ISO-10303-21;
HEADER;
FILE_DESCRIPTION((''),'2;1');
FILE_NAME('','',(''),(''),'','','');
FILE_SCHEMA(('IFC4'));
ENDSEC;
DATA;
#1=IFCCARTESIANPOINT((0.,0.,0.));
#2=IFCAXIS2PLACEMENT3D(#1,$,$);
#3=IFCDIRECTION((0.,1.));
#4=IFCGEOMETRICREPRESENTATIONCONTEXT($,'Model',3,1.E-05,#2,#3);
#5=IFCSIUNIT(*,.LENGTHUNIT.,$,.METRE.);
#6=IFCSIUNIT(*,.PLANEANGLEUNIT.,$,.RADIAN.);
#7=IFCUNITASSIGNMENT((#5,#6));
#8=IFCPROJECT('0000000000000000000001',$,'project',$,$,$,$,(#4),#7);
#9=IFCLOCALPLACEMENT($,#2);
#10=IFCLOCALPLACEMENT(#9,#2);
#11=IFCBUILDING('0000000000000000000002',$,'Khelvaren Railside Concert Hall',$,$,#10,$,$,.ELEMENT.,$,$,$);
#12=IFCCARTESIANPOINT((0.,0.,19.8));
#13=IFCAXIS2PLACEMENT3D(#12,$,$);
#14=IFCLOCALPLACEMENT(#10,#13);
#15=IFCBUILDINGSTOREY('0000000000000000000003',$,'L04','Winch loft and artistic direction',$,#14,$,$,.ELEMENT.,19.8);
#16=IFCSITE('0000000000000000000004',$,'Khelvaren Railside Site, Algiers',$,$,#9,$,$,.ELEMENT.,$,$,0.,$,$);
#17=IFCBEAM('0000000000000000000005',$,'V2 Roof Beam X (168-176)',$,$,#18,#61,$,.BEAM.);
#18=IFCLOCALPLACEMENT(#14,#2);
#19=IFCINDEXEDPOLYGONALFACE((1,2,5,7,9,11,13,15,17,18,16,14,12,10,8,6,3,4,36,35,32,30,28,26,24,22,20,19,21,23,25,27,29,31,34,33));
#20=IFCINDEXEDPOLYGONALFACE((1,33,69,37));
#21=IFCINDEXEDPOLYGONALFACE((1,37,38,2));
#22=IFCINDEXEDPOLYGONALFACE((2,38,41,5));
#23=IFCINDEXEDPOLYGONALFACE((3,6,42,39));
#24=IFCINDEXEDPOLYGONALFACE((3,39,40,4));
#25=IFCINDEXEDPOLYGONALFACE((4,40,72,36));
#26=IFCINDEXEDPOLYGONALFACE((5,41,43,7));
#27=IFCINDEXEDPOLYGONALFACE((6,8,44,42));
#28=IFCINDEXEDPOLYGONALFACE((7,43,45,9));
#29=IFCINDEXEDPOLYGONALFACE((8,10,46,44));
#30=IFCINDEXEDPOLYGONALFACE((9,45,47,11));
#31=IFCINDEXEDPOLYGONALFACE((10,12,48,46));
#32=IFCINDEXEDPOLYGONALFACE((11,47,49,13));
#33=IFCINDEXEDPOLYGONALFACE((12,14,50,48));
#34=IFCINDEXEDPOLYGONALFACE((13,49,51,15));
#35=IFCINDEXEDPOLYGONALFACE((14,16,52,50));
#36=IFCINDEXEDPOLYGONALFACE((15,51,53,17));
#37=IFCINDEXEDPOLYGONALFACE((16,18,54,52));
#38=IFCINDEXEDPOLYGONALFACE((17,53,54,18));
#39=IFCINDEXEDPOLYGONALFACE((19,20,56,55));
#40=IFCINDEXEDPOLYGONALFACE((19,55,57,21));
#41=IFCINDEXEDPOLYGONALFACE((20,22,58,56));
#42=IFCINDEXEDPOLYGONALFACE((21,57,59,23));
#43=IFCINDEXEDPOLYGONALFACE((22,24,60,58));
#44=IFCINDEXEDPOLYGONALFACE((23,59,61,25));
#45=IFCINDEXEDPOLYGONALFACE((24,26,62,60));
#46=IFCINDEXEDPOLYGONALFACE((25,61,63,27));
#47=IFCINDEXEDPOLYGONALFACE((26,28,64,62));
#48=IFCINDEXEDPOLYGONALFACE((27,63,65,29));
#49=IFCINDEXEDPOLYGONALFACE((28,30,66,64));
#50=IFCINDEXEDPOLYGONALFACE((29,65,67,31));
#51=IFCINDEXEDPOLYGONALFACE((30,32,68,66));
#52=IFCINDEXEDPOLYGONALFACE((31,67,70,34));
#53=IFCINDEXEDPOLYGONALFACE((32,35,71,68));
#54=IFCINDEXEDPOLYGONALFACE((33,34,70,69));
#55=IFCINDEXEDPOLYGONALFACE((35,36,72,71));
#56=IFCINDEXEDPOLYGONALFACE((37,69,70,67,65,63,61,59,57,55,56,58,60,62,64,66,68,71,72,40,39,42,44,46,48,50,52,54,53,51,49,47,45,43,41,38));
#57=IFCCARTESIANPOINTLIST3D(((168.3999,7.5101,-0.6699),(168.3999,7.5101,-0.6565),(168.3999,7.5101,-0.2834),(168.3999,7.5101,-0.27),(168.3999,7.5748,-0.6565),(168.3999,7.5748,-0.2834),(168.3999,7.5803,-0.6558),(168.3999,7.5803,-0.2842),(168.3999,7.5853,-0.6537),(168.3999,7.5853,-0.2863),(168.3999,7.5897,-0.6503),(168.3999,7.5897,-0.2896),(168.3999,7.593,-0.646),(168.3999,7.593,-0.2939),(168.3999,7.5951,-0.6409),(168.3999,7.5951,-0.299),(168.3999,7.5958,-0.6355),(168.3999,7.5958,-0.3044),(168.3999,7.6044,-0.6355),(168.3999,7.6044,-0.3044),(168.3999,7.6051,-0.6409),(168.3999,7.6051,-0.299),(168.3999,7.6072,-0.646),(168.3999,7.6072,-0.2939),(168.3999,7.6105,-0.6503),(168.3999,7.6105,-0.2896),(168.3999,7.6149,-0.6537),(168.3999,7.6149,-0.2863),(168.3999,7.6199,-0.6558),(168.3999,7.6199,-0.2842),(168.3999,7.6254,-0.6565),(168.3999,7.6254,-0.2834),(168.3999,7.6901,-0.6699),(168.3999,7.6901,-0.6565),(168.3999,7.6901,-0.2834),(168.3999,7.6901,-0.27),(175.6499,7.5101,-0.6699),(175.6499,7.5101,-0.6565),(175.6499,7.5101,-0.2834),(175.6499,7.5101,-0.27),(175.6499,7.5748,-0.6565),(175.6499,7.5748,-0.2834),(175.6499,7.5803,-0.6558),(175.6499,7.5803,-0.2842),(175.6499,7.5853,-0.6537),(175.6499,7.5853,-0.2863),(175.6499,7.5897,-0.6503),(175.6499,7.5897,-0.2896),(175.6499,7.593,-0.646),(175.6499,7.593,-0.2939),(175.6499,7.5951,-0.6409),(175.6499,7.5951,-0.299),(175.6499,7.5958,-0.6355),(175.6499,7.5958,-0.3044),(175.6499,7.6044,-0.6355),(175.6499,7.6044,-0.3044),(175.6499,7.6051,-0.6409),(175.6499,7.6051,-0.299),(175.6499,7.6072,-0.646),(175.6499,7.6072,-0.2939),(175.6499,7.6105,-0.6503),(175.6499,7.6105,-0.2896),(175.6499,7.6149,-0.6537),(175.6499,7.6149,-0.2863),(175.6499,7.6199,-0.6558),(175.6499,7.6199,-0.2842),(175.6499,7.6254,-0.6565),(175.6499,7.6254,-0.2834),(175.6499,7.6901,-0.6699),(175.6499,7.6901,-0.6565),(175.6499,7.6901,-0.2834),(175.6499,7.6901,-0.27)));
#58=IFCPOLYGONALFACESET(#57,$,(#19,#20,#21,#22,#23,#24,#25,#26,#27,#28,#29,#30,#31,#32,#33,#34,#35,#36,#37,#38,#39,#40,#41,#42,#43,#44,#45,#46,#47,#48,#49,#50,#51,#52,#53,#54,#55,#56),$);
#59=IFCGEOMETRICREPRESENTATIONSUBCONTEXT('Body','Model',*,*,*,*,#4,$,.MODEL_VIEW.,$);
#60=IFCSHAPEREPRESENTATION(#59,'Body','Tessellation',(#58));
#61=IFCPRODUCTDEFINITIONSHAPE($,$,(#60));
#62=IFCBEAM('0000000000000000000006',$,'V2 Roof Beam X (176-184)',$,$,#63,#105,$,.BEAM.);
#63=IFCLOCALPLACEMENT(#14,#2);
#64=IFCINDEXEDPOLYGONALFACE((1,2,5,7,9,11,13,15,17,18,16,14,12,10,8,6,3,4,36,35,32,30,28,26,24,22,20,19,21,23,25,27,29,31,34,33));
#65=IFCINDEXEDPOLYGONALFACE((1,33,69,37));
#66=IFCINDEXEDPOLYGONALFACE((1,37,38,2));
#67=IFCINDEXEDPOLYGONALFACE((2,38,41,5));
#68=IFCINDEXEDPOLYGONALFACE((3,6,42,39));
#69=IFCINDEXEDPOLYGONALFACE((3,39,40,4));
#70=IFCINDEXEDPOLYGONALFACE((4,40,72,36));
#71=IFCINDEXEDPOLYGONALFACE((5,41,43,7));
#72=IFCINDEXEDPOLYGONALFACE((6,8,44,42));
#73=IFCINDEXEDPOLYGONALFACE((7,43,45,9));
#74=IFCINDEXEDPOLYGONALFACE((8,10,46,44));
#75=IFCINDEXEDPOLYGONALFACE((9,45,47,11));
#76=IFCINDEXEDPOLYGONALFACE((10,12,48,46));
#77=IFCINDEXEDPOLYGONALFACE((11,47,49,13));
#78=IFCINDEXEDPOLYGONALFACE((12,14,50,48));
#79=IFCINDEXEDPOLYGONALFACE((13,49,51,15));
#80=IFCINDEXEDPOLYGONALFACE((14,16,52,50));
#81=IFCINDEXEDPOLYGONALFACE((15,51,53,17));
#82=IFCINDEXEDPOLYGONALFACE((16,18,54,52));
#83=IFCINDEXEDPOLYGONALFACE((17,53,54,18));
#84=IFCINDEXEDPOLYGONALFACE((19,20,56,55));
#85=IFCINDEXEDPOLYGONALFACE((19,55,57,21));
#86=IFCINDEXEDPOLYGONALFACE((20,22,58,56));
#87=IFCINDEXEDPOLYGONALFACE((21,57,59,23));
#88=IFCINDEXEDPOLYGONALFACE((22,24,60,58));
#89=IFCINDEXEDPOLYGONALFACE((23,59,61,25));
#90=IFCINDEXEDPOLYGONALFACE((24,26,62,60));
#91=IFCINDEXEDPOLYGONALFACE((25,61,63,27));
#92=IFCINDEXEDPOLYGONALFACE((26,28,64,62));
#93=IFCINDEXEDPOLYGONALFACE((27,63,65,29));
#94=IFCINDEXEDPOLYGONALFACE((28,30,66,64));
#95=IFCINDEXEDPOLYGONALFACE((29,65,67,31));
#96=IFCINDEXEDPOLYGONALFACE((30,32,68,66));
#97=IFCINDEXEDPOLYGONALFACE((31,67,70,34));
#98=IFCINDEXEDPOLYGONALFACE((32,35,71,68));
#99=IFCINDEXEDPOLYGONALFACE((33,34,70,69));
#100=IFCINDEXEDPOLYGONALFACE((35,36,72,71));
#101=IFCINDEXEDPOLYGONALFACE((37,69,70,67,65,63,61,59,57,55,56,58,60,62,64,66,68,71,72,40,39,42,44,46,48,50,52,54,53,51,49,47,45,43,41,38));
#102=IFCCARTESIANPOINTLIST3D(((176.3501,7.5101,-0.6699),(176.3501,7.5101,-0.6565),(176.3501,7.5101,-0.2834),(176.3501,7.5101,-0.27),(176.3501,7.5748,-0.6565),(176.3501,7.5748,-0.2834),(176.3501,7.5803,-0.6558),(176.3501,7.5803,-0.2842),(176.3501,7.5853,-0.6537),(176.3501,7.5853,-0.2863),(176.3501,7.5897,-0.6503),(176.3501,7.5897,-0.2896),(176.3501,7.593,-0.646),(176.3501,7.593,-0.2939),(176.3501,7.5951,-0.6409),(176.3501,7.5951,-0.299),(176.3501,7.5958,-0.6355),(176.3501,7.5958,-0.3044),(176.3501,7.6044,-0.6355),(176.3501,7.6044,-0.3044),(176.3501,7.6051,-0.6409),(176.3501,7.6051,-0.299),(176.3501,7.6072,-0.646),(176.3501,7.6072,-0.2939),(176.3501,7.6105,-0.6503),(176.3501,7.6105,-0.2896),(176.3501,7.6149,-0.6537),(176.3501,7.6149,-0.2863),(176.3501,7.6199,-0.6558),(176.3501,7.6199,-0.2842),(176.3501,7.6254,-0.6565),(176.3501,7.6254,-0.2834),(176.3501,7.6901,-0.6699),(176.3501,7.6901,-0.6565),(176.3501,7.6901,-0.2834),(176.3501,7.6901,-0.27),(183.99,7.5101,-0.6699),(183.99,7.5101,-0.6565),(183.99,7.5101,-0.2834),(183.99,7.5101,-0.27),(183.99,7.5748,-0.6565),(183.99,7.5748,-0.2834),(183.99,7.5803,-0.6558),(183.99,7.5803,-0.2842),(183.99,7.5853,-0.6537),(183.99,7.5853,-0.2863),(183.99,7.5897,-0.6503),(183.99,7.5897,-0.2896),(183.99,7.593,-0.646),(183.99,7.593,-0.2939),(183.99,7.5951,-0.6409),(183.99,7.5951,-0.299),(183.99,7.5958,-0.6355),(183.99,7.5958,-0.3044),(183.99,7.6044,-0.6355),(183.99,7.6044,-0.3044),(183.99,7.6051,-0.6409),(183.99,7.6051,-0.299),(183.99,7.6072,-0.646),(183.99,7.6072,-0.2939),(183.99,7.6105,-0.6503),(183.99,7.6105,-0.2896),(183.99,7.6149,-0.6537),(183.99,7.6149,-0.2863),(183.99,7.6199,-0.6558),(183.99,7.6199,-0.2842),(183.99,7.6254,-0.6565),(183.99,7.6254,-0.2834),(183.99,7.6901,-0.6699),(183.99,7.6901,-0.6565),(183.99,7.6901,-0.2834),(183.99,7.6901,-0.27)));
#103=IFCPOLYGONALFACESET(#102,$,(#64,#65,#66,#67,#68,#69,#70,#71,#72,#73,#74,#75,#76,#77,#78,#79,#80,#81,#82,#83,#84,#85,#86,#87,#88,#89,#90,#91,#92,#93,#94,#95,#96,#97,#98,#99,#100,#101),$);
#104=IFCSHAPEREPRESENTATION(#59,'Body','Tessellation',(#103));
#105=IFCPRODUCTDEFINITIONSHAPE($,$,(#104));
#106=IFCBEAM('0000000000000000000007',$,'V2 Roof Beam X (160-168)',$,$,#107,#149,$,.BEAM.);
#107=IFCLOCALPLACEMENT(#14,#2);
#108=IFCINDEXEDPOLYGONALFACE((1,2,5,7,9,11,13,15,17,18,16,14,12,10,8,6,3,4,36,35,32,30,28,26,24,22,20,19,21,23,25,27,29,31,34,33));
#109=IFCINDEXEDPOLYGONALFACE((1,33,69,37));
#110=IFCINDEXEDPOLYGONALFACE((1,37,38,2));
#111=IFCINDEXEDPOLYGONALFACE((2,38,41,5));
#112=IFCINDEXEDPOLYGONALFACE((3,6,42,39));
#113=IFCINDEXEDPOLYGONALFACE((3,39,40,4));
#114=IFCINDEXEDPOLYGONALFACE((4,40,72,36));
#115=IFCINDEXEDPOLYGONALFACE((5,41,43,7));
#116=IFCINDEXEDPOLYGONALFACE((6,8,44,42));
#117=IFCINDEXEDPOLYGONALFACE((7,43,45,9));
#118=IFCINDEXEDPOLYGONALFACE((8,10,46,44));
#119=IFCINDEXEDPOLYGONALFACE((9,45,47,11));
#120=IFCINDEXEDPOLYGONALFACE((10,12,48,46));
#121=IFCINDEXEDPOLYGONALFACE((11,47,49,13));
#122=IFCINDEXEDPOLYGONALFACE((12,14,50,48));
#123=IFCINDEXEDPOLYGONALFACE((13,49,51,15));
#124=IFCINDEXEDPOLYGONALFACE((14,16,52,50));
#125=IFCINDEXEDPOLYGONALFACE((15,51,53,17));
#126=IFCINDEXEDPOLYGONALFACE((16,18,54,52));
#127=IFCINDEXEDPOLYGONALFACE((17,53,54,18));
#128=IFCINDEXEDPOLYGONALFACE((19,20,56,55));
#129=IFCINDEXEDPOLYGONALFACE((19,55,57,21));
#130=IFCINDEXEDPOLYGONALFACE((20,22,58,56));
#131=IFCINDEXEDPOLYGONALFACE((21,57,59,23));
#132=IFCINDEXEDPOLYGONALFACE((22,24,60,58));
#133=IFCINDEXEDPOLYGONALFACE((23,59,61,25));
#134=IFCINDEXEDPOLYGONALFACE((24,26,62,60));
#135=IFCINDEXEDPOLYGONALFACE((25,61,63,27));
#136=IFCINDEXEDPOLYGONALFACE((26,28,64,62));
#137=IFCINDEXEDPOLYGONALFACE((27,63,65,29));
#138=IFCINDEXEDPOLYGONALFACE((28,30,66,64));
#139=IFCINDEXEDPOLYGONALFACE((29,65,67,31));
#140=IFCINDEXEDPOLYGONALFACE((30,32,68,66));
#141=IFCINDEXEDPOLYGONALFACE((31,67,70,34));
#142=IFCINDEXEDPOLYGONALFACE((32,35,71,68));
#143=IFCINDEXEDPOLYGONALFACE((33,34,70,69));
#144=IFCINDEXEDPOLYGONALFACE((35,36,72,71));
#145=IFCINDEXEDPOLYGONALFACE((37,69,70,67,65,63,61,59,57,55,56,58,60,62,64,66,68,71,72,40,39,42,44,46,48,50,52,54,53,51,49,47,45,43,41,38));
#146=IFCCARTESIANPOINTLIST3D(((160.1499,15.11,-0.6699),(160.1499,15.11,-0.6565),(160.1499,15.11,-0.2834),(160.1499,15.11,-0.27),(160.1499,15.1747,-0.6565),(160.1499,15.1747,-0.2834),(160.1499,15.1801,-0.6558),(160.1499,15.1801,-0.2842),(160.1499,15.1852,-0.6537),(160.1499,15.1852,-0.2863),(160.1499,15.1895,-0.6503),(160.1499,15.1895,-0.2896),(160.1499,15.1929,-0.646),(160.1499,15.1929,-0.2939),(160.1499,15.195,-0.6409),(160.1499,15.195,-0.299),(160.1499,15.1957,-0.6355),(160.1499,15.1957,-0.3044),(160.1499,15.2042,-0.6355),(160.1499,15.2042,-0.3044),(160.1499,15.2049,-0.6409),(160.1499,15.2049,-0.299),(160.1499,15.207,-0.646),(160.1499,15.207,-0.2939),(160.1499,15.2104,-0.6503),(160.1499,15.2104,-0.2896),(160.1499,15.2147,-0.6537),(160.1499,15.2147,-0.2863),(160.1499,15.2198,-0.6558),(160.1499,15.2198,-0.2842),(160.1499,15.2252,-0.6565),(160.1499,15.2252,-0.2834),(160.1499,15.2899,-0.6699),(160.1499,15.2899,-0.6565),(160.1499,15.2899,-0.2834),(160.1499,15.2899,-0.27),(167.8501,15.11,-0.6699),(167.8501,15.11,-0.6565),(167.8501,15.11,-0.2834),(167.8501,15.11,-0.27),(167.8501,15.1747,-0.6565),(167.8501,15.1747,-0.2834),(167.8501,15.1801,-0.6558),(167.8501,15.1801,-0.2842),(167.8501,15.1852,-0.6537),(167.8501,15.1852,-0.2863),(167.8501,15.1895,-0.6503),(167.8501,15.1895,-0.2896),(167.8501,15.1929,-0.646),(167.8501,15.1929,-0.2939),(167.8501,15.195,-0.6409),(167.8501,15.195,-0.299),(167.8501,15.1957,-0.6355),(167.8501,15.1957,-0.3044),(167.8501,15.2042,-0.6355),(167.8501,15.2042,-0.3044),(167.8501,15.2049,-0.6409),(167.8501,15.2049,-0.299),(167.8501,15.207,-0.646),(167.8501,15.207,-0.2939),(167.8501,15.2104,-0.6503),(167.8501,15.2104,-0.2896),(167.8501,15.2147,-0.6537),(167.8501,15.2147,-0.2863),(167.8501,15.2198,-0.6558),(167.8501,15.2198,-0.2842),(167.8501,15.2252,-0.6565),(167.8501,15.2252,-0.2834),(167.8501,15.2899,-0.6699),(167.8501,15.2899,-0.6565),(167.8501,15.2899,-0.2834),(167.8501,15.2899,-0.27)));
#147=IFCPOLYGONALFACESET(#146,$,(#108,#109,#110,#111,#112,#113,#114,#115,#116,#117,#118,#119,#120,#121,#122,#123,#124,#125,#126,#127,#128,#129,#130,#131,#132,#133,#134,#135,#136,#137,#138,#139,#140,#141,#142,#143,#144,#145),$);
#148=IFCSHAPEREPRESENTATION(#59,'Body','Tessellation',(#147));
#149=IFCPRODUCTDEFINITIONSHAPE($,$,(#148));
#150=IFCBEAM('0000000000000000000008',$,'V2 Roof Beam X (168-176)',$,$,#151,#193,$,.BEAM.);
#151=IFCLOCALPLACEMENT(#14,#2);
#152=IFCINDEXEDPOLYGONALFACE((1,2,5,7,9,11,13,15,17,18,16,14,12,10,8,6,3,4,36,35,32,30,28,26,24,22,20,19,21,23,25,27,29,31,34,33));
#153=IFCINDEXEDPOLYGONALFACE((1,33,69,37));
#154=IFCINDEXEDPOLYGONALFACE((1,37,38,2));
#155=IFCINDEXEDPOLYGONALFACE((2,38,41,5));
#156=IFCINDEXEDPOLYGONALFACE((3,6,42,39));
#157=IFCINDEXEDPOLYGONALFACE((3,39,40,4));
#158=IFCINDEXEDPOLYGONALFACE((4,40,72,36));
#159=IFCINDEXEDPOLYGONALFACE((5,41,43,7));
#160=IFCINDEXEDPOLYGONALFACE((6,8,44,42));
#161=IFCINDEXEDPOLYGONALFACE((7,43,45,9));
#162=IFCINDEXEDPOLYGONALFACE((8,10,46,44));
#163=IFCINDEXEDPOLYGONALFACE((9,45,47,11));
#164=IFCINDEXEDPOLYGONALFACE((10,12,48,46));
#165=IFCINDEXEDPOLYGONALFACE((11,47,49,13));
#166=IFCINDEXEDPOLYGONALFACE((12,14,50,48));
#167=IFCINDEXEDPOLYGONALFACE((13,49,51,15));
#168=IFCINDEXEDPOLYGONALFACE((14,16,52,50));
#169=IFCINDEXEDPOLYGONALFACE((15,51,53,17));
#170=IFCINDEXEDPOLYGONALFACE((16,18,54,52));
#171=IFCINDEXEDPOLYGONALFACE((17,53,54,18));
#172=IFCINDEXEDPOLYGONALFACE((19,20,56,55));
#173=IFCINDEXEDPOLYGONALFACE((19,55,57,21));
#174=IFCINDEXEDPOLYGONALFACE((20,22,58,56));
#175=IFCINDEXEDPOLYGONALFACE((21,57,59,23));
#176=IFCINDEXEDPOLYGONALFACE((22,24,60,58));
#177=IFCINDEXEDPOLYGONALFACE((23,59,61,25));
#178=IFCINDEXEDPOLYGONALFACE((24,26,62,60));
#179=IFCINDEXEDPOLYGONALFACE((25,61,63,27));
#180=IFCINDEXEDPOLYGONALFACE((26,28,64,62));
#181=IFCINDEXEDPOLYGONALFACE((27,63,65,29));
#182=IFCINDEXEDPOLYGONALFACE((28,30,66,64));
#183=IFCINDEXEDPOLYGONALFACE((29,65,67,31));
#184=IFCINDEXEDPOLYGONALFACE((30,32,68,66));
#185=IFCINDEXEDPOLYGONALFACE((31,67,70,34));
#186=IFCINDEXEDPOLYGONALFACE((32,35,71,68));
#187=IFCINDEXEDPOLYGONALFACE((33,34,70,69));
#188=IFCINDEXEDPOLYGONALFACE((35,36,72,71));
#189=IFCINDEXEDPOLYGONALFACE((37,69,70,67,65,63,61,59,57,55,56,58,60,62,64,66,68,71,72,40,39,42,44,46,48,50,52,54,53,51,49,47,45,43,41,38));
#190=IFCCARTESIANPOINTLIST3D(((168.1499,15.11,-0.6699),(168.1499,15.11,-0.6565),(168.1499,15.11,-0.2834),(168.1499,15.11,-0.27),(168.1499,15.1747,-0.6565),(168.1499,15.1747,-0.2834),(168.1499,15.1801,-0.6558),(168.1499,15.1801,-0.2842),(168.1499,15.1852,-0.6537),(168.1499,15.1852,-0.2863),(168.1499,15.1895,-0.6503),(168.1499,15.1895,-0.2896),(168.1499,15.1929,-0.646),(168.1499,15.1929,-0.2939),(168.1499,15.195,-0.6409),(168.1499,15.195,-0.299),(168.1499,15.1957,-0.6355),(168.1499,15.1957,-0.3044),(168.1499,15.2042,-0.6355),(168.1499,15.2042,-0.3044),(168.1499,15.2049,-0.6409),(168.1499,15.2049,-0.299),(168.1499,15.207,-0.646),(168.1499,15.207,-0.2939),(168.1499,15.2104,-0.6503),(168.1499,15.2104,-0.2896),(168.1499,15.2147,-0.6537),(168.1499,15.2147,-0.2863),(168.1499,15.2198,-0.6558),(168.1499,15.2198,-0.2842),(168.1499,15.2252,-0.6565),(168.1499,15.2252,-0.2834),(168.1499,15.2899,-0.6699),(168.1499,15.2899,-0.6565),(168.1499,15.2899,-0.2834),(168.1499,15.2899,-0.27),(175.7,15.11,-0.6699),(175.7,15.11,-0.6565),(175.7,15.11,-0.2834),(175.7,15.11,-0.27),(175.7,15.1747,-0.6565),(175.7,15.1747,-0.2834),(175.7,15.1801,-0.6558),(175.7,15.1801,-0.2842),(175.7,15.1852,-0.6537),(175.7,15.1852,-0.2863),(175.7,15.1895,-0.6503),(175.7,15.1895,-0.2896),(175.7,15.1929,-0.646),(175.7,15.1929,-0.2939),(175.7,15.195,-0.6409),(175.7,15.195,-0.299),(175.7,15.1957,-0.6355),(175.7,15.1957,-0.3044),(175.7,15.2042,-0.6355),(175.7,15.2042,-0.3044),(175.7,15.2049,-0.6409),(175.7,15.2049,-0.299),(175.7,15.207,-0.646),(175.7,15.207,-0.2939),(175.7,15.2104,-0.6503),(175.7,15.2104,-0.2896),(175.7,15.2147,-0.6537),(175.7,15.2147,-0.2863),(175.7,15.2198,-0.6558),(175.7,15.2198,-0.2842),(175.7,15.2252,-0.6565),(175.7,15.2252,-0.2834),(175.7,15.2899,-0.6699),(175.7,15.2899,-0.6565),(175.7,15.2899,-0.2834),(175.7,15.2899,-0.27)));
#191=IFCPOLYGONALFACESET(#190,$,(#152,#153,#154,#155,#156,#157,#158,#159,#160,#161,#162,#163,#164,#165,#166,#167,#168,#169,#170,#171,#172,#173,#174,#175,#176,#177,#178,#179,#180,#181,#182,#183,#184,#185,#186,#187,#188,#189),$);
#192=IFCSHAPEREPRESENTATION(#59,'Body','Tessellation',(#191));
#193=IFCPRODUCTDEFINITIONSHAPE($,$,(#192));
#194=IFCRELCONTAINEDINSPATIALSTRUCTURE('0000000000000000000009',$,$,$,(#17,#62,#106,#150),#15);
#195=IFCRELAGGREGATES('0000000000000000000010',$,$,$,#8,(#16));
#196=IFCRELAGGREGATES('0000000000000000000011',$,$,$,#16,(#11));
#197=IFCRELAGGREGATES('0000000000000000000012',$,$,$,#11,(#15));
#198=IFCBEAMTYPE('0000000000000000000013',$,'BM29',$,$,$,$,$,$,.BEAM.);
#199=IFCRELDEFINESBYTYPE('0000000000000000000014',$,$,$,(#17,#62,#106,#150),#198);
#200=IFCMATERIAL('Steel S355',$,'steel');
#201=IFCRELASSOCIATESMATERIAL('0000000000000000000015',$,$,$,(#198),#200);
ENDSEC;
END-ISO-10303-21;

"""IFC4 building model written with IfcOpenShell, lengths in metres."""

from ifc_helpers import new_model, si_unit, direction, frame, origin, origin_2d, place, context, subcontext, project, spatial, i_section, extrude, material, material_profile, profile_set, type_object, element, save


model = new_model("IFC4")

# Units and contexts
model_context = context("Model", 3, precision=1e-05, world=origin(), true_north=direction((0.0, 1.0)))
body_context = subcontext(model_context, "Body", "Model", "MODEL_VIEW")
ifc_project = project(units=[si_unit("LENGTHUNIT", "METRE"), si_unit("PLANEANGLEUNIT", "RADIAN")], contexts=[model_context])

# Site, building, storey
site_placement = place(None, origin())
site = spatial("IfcSite", under=ifc_project, at=site_placement, Name="Khelvaren Railside Site, Algiers", CompositionType="ELEMENT", RefElevation=0.0)
building_placement = place(site_placement, origin())
building = spatial("IfcBuilding", under=site, at=building_placement, Name="Khelvaren Railside Concert Hall", CompositionType="ELEMENT")
storey_placement = place(building_placement, frame((0.0, 0.0, 19.8)))
storey = spatial("IfcBuildingStorey", under=building, at=storey_placement, Name="L04", Description="Winch loft and artistic direction", CompositionType="ELEMENT", Elevation=19.8)

# Beams
ifc_material_1 = material(Name="Steel S355", Category="steel")
ifc_material_profile_1 = material_profile(ifc_material_1, i_section(OverallWidth=0.1799, OverallDepth=0.3999, WebThickness=0.0085, FlangeThickness=0.0134, FilletRadius=0.021, at=origin_2d()), Name="IPE 400")
ifc_profile_set_1 = profile_set([ifc_material_profile_1], Name="Steel S355")
beam_type_1 = type_object("IfcBeamType", Name="BM29", PredefinedType="BEAM", material=ifc_profile_set_1)
beam_1_placement = place(storey_placement, frame((168.3999, 7.6001, -0.47), z_axis=(1.0, 0.0, 0.0), x_axis=(0.0, 1.0, 0.0)))
element("IfcBeam", 1, at=beam_1_placement, inside=storey, type_object=beam_type_1, Name="V2 Roof Beam X (168-176)", PredefinedType="BEAM", context=body_context, shape_type="SweptSolid", body=[
    extrude(i_section(OverallWidth=0.1799, OverallDepth=0.3999, WebThickness=0.0085, FlangeThickness=0.0134, FilletRadius=0.021, at=origin_2d()), origin(), (0.0, 0.0, 1.0), 7.25),
])
beam_2_placement = place(storey_placement, frame((176.3501, 7.6001, -0.47), z_axis=(1.0, 0.0, 0.0), x_axis=(0.0, 1.0, 0.0)))
element("IfcBeam", 2, at=beam_2_placement, inside=storey, type_object=beam_type_1, Name="V2 Roof Beam X (176-184)", PredefinedType="BEAM", context=body_context, shape_type="SweptSolid", body=[
    extrude(i_section(OverallWidth=0.1799, OverallDepth=0.3999, WebThickness=0.0085, FlangeThickness=0.0134, FilletRadius=0.021, at=origin_2d()), origin(), (0.0, 0.0, 1.0), 7.6399),
])
beam_3_placement = place(storey_placement, frame((160.1499, 15.2, -0.47), z_axis=(1.0, 0.0, 0.0), x_axis=(0.0, 1.0, 0.0)))
element("IfcBeam", 3, at=beam_3_placement, inside=storey, type_object=beam_type_1, Name="V2 Roof Beam X (160-168)", PredefinedType="BEAM", context=body_context, shape_type="SweptSolid", body=[
    extrude(i_section(OverallWidth=0.1799, OverallDepth=0.3999, WebThickness=0.0085, FlangeThickness=0.0134, FilletRadius=0.021, at=origin_2d()), origin(), (0.0, 0.0, 1.0), 7.7002),
])
beam_4_placement = place(storey_placement, frame((168.1499, 15.2, -0.47), z_axis=(1.0, 0.0, 0.0), x_axis=(0.0, 1.0, 0.0)))
element("IfcBeam", 4, at=beam_4_placement, inside=storey, type_object=beam_type_1, Name="V2 Roof Beam X (168-176)", PredefinedType="BEAM", context=body_context, shape_type="SweptSolid", body=[
    extrude(i_section(OverallWidth=0.1799, OverallDepth=0.3999, WebThickness=0.0085, FlangeThickness=0.0134, FilletRadius=0.021, at=origin_2d()), origin(), (0.0, 0.0, 1.0), 7.55),
])

save(model, "model.ifc")
